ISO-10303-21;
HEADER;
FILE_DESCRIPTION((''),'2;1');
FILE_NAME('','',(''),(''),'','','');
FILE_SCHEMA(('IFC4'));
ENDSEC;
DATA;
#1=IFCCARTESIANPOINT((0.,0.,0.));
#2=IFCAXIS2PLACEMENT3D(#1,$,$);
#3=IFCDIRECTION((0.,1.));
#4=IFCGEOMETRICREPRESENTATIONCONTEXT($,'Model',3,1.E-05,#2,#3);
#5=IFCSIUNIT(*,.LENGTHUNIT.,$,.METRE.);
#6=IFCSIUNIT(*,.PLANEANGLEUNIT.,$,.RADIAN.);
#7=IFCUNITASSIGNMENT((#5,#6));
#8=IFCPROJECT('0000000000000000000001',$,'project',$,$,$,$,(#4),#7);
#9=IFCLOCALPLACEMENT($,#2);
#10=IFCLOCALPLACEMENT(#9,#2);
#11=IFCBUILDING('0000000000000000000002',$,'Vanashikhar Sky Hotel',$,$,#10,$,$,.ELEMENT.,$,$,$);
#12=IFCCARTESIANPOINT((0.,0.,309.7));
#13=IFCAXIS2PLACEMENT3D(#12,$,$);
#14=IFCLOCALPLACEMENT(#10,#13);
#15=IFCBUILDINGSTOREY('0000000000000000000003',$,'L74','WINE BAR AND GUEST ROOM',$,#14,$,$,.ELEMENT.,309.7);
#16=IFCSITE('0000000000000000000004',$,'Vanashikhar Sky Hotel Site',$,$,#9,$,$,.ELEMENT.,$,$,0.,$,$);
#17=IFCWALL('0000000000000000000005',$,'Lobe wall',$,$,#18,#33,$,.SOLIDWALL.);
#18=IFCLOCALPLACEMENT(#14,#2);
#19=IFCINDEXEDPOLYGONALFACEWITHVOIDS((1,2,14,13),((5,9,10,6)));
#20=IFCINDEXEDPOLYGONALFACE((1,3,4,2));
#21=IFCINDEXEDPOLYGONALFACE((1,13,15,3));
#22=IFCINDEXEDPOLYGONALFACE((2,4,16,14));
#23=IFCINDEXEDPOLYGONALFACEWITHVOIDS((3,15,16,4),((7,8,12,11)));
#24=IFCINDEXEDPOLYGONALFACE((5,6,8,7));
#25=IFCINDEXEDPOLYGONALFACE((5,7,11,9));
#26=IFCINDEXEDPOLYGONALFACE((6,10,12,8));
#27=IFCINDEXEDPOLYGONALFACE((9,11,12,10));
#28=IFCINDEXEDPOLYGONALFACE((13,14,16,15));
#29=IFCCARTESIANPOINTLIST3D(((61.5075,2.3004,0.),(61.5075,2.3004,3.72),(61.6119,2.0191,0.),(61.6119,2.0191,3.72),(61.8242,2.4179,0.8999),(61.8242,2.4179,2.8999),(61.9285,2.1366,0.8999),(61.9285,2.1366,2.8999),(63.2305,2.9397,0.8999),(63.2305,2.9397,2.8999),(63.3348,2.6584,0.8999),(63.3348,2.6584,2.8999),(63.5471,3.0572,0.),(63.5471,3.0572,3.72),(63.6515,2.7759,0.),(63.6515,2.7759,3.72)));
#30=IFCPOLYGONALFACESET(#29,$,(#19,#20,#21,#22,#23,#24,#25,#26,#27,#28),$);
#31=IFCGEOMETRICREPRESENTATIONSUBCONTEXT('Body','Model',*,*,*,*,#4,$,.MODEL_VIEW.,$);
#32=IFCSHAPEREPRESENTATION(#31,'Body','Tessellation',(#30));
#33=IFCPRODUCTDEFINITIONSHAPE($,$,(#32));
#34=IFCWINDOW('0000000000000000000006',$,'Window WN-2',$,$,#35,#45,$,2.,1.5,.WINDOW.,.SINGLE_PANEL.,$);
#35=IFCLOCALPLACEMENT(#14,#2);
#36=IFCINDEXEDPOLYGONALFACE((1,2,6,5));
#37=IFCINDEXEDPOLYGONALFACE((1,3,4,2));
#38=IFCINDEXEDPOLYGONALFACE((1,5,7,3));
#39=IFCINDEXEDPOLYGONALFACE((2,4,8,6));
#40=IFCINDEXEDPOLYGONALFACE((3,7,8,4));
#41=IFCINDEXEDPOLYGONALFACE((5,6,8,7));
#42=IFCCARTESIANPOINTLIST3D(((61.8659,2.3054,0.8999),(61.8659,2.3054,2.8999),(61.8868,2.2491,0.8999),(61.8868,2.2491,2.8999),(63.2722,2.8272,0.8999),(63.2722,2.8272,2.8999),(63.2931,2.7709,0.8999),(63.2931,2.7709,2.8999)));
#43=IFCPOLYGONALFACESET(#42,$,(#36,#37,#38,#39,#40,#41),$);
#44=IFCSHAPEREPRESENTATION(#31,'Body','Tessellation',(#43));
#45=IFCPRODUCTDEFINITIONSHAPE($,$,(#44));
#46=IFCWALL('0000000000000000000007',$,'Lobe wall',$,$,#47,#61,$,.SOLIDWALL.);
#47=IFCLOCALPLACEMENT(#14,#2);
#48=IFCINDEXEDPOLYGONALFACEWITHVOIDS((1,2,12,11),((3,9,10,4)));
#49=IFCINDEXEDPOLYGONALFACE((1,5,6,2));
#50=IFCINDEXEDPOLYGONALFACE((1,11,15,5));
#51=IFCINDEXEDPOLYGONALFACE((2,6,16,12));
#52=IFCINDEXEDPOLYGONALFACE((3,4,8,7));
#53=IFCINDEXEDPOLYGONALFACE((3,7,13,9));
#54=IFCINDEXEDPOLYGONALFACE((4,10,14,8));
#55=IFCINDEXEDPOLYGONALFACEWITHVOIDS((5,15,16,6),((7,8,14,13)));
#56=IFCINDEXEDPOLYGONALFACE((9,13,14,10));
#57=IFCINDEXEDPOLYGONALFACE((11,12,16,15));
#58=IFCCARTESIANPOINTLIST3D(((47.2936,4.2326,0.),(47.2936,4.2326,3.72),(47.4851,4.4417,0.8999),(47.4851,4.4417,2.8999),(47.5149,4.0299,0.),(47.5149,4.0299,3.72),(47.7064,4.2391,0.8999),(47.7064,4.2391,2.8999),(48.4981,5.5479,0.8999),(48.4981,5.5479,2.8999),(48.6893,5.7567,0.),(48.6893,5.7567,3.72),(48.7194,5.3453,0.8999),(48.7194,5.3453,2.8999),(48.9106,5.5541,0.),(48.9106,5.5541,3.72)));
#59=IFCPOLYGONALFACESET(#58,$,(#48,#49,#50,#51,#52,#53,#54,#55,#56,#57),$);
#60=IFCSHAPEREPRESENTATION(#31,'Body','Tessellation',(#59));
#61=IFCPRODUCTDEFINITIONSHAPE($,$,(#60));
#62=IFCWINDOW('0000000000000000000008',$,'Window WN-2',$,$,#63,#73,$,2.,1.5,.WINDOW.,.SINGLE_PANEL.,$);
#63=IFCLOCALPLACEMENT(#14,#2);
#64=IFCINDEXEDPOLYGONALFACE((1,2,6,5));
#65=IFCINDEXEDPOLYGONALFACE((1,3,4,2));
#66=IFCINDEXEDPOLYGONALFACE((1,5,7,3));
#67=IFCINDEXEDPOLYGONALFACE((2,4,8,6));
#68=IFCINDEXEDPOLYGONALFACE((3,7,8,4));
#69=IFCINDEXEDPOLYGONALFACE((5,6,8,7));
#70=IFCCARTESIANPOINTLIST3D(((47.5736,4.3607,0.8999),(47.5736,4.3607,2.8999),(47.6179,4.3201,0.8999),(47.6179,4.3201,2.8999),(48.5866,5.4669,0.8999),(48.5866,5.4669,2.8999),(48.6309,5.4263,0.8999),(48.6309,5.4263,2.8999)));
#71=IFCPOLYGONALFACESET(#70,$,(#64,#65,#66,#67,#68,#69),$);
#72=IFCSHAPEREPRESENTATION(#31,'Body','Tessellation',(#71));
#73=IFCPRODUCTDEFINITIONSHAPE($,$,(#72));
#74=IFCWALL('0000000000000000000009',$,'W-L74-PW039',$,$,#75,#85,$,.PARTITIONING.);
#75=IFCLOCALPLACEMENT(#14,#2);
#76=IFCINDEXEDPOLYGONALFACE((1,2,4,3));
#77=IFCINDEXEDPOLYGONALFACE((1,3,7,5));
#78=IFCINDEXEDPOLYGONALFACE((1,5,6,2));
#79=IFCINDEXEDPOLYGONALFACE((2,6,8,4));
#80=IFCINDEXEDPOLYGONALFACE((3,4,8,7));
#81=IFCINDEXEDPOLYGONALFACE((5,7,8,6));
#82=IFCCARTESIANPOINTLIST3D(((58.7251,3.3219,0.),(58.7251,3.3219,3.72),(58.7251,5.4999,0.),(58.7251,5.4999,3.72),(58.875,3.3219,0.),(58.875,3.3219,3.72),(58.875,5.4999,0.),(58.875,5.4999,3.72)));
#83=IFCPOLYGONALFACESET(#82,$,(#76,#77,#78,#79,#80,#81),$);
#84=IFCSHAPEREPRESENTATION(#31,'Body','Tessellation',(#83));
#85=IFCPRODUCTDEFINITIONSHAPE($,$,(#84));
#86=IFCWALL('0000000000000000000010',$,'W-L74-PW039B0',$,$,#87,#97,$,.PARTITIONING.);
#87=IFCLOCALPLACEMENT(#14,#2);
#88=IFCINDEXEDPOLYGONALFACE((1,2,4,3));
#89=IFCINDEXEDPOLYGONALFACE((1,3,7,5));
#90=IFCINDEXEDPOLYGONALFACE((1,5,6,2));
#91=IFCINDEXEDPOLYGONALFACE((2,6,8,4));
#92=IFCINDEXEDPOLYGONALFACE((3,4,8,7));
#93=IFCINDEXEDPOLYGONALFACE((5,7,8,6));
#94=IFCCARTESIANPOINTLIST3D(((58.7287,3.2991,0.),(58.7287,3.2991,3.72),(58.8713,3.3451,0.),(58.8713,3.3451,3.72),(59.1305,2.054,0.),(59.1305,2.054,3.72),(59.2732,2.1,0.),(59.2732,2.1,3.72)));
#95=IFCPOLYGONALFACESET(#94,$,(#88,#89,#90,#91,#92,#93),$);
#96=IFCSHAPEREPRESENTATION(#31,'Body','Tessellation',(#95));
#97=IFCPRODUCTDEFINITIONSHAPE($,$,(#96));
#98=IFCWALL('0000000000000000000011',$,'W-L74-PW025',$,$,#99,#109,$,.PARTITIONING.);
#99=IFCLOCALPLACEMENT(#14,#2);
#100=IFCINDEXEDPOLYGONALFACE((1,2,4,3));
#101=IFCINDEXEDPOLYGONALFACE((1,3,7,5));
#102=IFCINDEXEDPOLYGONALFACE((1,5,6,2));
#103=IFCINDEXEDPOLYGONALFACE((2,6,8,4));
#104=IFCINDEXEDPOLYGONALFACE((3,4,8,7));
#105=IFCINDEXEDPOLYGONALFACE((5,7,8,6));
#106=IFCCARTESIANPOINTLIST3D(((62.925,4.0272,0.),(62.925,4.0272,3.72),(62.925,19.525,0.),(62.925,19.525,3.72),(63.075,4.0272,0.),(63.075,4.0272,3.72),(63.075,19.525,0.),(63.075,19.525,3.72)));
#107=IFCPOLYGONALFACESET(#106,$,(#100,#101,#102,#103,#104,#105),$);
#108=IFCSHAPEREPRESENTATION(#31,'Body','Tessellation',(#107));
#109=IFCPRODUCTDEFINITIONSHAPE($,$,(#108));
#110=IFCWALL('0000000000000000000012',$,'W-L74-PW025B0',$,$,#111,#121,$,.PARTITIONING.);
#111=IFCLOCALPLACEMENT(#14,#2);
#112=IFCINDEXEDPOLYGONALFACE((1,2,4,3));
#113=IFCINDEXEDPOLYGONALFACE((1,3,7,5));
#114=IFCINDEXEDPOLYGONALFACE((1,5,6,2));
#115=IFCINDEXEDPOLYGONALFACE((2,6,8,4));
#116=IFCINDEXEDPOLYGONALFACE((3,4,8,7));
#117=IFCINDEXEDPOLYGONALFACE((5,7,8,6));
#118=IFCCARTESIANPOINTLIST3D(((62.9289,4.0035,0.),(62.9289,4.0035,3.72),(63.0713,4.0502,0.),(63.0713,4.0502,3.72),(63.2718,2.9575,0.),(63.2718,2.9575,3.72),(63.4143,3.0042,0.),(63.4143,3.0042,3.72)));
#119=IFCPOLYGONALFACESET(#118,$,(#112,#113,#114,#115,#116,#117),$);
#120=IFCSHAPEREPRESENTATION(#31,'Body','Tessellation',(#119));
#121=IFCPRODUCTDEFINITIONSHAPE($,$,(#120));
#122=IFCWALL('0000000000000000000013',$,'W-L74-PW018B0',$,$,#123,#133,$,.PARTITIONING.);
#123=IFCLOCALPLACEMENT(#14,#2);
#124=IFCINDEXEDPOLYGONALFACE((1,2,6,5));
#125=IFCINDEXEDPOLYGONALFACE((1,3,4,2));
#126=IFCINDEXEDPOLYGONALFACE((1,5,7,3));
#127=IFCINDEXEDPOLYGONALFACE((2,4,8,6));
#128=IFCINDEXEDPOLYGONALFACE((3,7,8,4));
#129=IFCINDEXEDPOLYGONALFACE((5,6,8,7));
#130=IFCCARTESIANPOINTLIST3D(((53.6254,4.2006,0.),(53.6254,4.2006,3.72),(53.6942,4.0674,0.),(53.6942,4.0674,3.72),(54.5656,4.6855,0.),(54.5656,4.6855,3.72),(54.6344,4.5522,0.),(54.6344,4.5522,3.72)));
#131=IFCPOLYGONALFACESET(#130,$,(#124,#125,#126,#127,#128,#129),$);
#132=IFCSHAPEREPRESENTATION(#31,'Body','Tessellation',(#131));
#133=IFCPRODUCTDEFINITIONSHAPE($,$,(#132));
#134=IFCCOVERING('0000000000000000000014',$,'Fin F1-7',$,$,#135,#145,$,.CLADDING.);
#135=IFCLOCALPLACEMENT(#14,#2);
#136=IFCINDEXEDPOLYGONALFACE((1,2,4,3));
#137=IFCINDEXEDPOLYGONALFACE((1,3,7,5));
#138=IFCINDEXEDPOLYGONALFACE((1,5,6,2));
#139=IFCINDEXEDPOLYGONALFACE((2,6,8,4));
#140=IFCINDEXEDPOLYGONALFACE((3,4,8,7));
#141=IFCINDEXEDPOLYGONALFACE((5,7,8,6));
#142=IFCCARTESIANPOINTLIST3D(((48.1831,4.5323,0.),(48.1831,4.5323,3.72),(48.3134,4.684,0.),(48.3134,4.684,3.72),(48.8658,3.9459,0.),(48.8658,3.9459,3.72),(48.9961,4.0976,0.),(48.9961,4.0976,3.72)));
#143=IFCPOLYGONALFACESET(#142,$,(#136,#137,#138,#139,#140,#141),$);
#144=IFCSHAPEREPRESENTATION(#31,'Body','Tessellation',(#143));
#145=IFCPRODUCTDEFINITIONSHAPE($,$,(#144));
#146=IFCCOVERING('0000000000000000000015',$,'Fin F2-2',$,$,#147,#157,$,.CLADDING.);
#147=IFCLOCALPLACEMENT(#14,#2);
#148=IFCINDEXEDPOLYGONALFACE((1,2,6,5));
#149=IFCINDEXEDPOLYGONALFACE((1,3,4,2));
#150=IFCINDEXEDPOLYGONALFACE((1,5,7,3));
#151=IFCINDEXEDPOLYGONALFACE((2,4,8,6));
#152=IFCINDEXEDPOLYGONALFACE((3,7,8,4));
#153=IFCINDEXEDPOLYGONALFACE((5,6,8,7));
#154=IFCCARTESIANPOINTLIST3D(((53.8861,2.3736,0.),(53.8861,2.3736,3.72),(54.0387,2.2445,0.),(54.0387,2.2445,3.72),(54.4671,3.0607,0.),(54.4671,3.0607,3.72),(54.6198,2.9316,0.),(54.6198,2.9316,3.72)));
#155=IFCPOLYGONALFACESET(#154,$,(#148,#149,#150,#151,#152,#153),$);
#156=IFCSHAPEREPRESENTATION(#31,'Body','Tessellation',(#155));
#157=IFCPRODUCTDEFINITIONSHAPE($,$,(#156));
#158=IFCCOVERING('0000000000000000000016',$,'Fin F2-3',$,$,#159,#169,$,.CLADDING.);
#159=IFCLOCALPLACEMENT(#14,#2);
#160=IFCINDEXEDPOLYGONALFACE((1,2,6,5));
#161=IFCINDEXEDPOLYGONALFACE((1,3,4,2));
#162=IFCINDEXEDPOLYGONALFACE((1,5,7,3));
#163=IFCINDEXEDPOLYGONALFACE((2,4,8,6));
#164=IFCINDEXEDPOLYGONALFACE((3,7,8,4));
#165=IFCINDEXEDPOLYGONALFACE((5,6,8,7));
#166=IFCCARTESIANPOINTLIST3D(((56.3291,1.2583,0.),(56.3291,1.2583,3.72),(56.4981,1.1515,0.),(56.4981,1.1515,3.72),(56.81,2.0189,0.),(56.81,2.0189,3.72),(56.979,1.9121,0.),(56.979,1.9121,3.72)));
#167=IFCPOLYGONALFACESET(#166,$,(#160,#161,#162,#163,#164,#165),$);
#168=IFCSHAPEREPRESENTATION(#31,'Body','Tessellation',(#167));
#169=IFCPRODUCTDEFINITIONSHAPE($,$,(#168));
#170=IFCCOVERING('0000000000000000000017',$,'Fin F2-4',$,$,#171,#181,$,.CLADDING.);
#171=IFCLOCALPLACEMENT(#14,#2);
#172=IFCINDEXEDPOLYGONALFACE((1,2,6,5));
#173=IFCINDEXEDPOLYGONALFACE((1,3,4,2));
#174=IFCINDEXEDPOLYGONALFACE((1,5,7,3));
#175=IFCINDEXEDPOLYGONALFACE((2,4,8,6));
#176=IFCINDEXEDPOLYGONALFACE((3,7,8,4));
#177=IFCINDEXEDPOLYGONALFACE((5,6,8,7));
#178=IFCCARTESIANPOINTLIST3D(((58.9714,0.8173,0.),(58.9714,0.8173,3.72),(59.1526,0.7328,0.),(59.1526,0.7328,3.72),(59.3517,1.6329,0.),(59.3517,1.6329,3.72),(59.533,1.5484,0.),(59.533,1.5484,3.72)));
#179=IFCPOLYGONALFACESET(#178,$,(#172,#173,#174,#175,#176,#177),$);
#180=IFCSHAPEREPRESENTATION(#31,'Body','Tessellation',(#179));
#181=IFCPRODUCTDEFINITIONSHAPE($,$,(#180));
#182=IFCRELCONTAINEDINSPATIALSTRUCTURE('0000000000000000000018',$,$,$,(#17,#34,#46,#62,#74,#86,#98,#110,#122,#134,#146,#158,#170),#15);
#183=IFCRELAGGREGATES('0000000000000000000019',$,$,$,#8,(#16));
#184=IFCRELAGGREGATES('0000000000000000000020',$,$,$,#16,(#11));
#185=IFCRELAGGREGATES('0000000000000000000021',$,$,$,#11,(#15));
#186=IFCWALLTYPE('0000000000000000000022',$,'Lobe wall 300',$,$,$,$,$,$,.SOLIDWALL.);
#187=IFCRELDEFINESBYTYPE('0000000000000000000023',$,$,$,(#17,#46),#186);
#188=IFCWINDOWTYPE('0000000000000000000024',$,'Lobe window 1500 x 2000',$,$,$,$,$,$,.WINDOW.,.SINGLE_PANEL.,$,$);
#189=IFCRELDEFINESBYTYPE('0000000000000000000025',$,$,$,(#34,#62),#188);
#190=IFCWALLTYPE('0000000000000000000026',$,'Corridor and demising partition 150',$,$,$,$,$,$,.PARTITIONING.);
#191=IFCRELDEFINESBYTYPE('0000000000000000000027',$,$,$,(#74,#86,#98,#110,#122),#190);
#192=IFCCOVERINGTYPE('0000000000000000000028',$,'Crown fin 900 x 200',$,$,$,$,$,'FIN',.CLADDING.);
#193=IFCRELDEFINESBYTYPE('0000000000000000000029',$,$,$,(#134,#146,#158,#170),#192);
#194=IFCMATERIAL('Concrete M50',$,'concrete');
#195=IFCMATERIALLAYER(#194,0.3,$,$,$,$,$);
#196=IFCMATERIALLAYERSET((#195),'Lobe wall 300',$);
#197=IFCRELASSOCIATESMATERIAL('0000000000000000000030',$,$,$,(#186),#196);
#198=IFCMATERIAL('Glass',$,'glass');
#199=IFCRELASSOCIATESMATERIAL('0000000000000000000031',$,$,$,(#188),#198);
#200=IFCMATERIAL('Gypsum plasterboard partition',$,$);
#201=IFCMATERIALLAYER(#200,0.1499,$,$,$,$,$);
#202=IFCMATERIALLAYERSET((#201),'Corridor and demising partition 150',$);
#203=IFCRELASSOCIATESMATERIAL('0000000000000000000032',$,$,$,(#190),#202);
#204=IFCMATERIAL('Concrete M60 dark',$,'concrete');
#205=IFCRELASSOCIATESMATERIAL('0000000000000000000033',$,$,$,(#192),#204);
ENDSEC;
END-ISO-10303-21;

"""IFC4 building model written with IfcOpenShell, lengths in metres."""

from ifc_helpers import new_model, si_unit, direction, frame, frame_2d, origin, origin_2d, place, context, subcontext, project, spatial, rectangle, extrude, source, transform, mapped, material, layer, layer_set, material_profile, profile_set, type_object, element, fill, save


model = new_model("IFC4")

# Units and contexts
model_context = context("Model", 3, precision=1e-05, world=origin(), true_north=direction((0.0, 1.0)))
body_context = subcontext(model_context, "Body", "Model", "MODEL_VIEW")
ifc_project = project(units=[si_unit("LENGTHUNIT", "METRE"), si_unit("PLANEANGLEUNIT", "RADIAN")], contexts=[model_context])

# Site, building, storey
site_placement = place(None, origin())
site = spatial("IfcSite", under=ifc_project, at=site_placement, Name="Vanashikhar Sky Hotel Site", CompositionType="ELEMENT", RefElevation=0.0)
building_placement = place(site_placement, origin())
building = spatial("IfcBuilding", under=site, at=building_placement, Name="Vanashikhar Sky Hotel", CompositionType="ELEMENT")
storey_placement = place(building_placement, frame((0.0, 0.0, 309.7)))
storey = spatial("IfcBuildingStorey", under=building, at=storey_placement, Name="L74", Description="WINE BAR AND GUEST ROOM", CompositionType="ELEMENT", Elevation=309.7)

# Walls, openings, windows
ifc_material_1 = material(Name="Concrete M50", Category="concrete")
ifc_layer_1 = layer(ifc_material_1, 0.3)
ifc_layer_set_1 = layer_set([ifc_layer_1], Name="Lobe wall 300")
wall_type_1 = type_object("IfcWallType", Name="Lobe wall 300", PredefinedType="SOLIDWALL", material=ifc_layer_set_1)
shared_shape_1 = source(origin(), body_context, "Body", "SweptSolid", [
    extrude(rectangle(XDim=1.5, YDim=2.0, at=frame_2d((0.75, 1.0))), frame((0.0, 0.1602, 0.0), z_axis=(0.0, -1.0, 0.0), x_axis=(1.0, 0.0, 0.0)), (0.0, 0.0, 1.0), 0.3201),
])
ifc_material_2 = material(Name="Glass", Category="glass")
window_type = type_object("IfcWindowType", Name="Lobe window 1500 x 2000", PartitioningType="SINGLE_PANEL", PredefinedType="WINDOW", material=ifc_material_2)
shared_shape_2 = source(origin(), body_context, "Body", "SweptSolid", [
    extrude(rectangle(XDim=1.5, YDim=2.0, at=frame_2d((0.75, 1.0))), frame((0.0, 0.03, 0.0), z_axis=(0.0, -1.0, 0.0), x_axis=(1.0, 0.0, 0.0)), (0.0, 0.0, 1.0), 0.0601),
])
shared_shape_3 = source(origin(), body_context, "Body", "SweptSolid", [
    extrude(rectangle(XDim=2.1755, YDim=0.3, at=frame_2d((1.0879, 0.0))), origin(), (0.0, 0.0, 1.0), 3.72),
])
wall_1_placement = place(storey_placement, frame((61.5596, 2.1597, 0.0), z_axis=(0.0, 0.0, 1.0), x_axis=(0.937532, 0.347899, 0.0)))
wall_1 = element("IfcWall", 1, at=wall_1_placement, inside=storey, type_object=wall_type_1, Name="Lobe wall", PredefinedType="SOLIDWALL", context=body_context, shape_type="MappedRepresentation", body=[
    mapped(shared_shape_3, transform((0.0, 0.0, 0.0), scale=1.0)),
])
opening_1_placement = place(wall_1_placement, frame((0.3379, 0.0, 0.8999)))
opening_1 = element("IfcOpeningElement", 2, at=opening_1_placement, cuts=wall_1, PredefinedType="OPENING", context=body_context, shape_type="MappedRepresentation", body=[
    mapped(shared_shape_1, transform((0.0, 0.0, 0.0), scale=1.0)),
])
window_1_placement = place(opening_1_placement, origin())
window_1 = element("IfcWindow", 3, at=window_1_placement, inside=storey, type_object=window_type, Name="Window WN-2", OverallHeight=2.0, OverallWidth=1.5, PartitioningType="SINGLE_PANEL", PredefinedType="WINDOW", context=body_context, shape_type="MappedRepresentation", body=[
    mapped(shared_shape_2, transform((0.0, 0.0, 0.0), scale=1.0)),
])
fill(opening_1, window_1)
shared_shape_4 = source(origin(), body_context, "Body", "SweptSolid", [
    extrude(rectangle(XDim=2.0667, YDim=0.3, at=frame_2d((1.0332, 0.0))), origin(), (0.0, 0.0, 1.0), 3.72),
])
wall_2_placement = place(storey_placement, frame((47.4043, 4.1313, 0.0), z_axis=(0.0, 0.0, 1.0), x_axis=(0.675355, 0.737492, 0.0)))
wall_2 = element("IfcWall", 4, at=wall_2_placement, inside=storey, type_object=wall_type_1, Name="Lobe wall", PredefinedType="SOLIDWALL", context=body_context, shape_type="MappedRepresentation", body=[
    mapped(shared_shape_4, transform((0.0, 0.0, 0.0), scale=1.0)),
])
opening_2_placement = place(wall_2_placement, frame((0.2834, 0.0, 0.8999)))
opening_2 = element("IfcOpeningElement", 5, at=opening_2_placement, cuts=wall_2, PredefinedType="OPENING", context=body_context, shape_type="MappedRepresentation", body=[
    mapped(shared_shape_1, transform((0.0, 0.0, 0.0), scale=1.0)),
])
window_2_placement = place(opening_2_placement, origin())
window_2 = element("IfcWindow", 6, at=window_2_placement, inside=storey, type_object=window_type, Name="Window WN-2", OverallHeight=2.0, OverallWidth=1.5, PartitioningType="SINGLE_PANEL", PredefinedType="WINDOW", context=body_context, shape_type="MappedRepresentation", body=[
    mapped(shared_shape_2, transform((0.0, 0.0, 0.0), scale=1.0)),
])
fill(opening_2, window_2)

# Walls
ifc_material_3 = material(Name="Gypsum plasterboard partition")
ifc_layer_2 = layer(ifc_material_3, 0.1499)
ifc_layer_set_2 = layer_set([ifc_layer_2], Name="Corridor and demising partition 150")
wall_type_2 = type_object("IfcWallType", Name="Corridor and demising partition 150", PredefinedType="PARTITIONING", material=ifc_layer_set_2)
shared_shape_5 = source(origin(), body_context, "Body", "SweptSolid", [
    extrude(rectangle(XDim=2.178, YDim=0.1499, at=frame_2d((1.0889, 0.0))), origin(), (0.0, 0.0, 1.0), 3.72),
])
wall_3_placement = place(storey_placement, frame((58.8, 3.322, 0.0), z_axis=(0.0, 0.0, 1.0), x_axis=(0.0, 1.0, 0.0)))
element("IfcWall", 7, at=wall_3_placement, inside=storey, type_object=wall_type_2, Name="W-L74-PW039", PredefinedType="PARTITIONING", context=body_context, shape_type="MappedRepresentation", body=[
    mapped(shared_shape_5, transform((0.0, 0.0, 0.0), scale=1.0)),
])
shared_shape_6 = source(origin(), body_context, "Body", "SweptSolid", [
    extrude(rectangle(XDim=1.3083, YDim=0.1499, at=frame_2d((0.6543, 0.0))), origin(), (0.0, 0.0, 1.0), 3.72),
])
wall_4_placement = place(storey_placement, frame((59.2019, 2.0769, 0.0), z_axis=(0.0, 0.0, 1.0), x_axis=(-0.307145, 0.951663, 0.0)))
element("IfcWall", 8, at=wall_4_placement, inside=storey, type_object=wall_type_2, Name="W-L74-PW039B0", PredefinedType="PARTITIONING", context=body_context, shape_type="MappedRepresentation", body=[
    mapped(shared_shape_6, transform((0.0, 0.0, 0.0), scale=1.0)),
])
shared_shape_7 = source(origin(), body_context, "Body", "SweptSolid", [
    extrude(rectangle(XDim=15.4978, YDim=0.1499, at=frame_2d((7.749, 0.0))), origin(), (0.0, 0.0, 1.0), 3.72),
])
wall_5_placement = place(storey_placement, frame((63.0, 4.0271, 0.0), z_axis=(0.0, 0.0, 1.0), x_axis=(0.0, 1.0, 0.0)))
element("IfcWall", 9, at=wall_5_placement, inside=storey, type_object=wall_type_2, Name="W-L74-PW025", PredefinedType="PARTITIONING", context=body_context, shape_type="MappedRepresentation", body=[
    mapped(shared_shape_7, transform((0.0, 0.0, 0.0), scale=1.0)),
])
shared_shape_8 = source(origin(), body_context, "Body", "SweptSolid", [
    extrude(rectangle(XDim=1.1008, YDim=0.1499, at=frame_2d((0.5503, 0.0))), origin(), (0.0, 0.0, 1.0), 3.72),
])
wall_6_placement = place(storey_placement, frame((63.343, 2.981, 0.0), z_axis=(0.0, 0.0, 1.0), x_axis=(-0.311567, 0.950224, 0.0)))
element("IfcWall", 10, at=wall_6_placement, inside=storey, type_object=wall_type_2, Name="W-L74-PW025B0", PredefinedType="PARTITIONING", context=body_context, shape_type="MappedRepresentation", body=[
    mapped(shared_shape_8, transform((0.0, 0.0, 0.0), scale=1.0)),
])
shared_shape_9 = source(origin(), body_context, "Body", "SweptSolid", [
    extrude(rectangle(XDim=1.0579, YDim=0.1499, at=frame_2d((0.5288, 0.0))), origin(), (0.0, 0.0, 1.0), 3.72),
])
wall_7_placement = place(storey_placement, frame((53.6599, 4.134, 0.0), z_axis=(0.0, 0.0, 1.0), x_axis=(0.888772, 0.458349, 0.0)))
element("IfcWall", 11, at=wall_7_placement, inside=storey, type_object=wall_type_2, Name="W-L74-PW018B0", PredefinedType="PARTITIONING", context=body_context, shape_type="MappedRepresentation", body=[
    mapped(shared_shape_9, transform((0.0, 0.0, 0.0), scale=1.0)),
])

# Coverings
ifc_material_4 = material(Name="Concrete M60 dark", Category="concrete")
ifc_material_profile = material_profile(ifc_material_4, rectangle(XDim=0.8999, YDim=0.2, at=origin_2d()))
ifc_profile_set = profile_set([ifc_material_profile], Name="Crown fin 900 x 200")
covering_type = type_object("IfcCoveringType", Name="Crown fin 900 x 200", ElementType="FIN", PredefinedType="CLADDING", material=ifc_profile_set)
shared_shape_10 = source(origin(), body_context, "Body", "SweptSolid", [
    extrude(rectangle(XDim=0.8999, YDim=0.2, at=origin_2d()), origin(), (0.0, 0.0, 1.0), 3.72),
])
for number, where, z_axis, x_axis, name in (
    (12, (48.5896, 4.3149, 0.0), (0.0, 0.0, 1.0), (0.758544, -0.651622, 0.0), "Fin F1-7"),
    (13, (54.2529, 2.6526, 0.0), (0.0, 0.0, 1.0), (-0.645698, -0.763593, 0.0), "Fin F2-2"),
    (14, (56.6541, 1.5852, 0.0), (0.0, 0.0, 1.0), (-0.534411, -0.845225, 0.0), "Fin F2-3"),
    (15, (59.2522, 1.1829, 0.0), (0.0, 0.0, 1.0), (-0.422618, -0.906308, 0.0), "Fin F2-4"),
):
    element("IfcCovering", number, at=place(storey_placement, frame(where, z_axis=z_axis, x_axis=x_axis)), inside=storey, type_object=covering_type, Name=name, PredefinedType="CLADDING", context=body_context, shape_type="MappedRepresentation", body=[
        mapped(shared_shape_10, transform((0.0, 0.0, 0.0), scale=1.0)),
    ])

save(model, "model.ifc")
